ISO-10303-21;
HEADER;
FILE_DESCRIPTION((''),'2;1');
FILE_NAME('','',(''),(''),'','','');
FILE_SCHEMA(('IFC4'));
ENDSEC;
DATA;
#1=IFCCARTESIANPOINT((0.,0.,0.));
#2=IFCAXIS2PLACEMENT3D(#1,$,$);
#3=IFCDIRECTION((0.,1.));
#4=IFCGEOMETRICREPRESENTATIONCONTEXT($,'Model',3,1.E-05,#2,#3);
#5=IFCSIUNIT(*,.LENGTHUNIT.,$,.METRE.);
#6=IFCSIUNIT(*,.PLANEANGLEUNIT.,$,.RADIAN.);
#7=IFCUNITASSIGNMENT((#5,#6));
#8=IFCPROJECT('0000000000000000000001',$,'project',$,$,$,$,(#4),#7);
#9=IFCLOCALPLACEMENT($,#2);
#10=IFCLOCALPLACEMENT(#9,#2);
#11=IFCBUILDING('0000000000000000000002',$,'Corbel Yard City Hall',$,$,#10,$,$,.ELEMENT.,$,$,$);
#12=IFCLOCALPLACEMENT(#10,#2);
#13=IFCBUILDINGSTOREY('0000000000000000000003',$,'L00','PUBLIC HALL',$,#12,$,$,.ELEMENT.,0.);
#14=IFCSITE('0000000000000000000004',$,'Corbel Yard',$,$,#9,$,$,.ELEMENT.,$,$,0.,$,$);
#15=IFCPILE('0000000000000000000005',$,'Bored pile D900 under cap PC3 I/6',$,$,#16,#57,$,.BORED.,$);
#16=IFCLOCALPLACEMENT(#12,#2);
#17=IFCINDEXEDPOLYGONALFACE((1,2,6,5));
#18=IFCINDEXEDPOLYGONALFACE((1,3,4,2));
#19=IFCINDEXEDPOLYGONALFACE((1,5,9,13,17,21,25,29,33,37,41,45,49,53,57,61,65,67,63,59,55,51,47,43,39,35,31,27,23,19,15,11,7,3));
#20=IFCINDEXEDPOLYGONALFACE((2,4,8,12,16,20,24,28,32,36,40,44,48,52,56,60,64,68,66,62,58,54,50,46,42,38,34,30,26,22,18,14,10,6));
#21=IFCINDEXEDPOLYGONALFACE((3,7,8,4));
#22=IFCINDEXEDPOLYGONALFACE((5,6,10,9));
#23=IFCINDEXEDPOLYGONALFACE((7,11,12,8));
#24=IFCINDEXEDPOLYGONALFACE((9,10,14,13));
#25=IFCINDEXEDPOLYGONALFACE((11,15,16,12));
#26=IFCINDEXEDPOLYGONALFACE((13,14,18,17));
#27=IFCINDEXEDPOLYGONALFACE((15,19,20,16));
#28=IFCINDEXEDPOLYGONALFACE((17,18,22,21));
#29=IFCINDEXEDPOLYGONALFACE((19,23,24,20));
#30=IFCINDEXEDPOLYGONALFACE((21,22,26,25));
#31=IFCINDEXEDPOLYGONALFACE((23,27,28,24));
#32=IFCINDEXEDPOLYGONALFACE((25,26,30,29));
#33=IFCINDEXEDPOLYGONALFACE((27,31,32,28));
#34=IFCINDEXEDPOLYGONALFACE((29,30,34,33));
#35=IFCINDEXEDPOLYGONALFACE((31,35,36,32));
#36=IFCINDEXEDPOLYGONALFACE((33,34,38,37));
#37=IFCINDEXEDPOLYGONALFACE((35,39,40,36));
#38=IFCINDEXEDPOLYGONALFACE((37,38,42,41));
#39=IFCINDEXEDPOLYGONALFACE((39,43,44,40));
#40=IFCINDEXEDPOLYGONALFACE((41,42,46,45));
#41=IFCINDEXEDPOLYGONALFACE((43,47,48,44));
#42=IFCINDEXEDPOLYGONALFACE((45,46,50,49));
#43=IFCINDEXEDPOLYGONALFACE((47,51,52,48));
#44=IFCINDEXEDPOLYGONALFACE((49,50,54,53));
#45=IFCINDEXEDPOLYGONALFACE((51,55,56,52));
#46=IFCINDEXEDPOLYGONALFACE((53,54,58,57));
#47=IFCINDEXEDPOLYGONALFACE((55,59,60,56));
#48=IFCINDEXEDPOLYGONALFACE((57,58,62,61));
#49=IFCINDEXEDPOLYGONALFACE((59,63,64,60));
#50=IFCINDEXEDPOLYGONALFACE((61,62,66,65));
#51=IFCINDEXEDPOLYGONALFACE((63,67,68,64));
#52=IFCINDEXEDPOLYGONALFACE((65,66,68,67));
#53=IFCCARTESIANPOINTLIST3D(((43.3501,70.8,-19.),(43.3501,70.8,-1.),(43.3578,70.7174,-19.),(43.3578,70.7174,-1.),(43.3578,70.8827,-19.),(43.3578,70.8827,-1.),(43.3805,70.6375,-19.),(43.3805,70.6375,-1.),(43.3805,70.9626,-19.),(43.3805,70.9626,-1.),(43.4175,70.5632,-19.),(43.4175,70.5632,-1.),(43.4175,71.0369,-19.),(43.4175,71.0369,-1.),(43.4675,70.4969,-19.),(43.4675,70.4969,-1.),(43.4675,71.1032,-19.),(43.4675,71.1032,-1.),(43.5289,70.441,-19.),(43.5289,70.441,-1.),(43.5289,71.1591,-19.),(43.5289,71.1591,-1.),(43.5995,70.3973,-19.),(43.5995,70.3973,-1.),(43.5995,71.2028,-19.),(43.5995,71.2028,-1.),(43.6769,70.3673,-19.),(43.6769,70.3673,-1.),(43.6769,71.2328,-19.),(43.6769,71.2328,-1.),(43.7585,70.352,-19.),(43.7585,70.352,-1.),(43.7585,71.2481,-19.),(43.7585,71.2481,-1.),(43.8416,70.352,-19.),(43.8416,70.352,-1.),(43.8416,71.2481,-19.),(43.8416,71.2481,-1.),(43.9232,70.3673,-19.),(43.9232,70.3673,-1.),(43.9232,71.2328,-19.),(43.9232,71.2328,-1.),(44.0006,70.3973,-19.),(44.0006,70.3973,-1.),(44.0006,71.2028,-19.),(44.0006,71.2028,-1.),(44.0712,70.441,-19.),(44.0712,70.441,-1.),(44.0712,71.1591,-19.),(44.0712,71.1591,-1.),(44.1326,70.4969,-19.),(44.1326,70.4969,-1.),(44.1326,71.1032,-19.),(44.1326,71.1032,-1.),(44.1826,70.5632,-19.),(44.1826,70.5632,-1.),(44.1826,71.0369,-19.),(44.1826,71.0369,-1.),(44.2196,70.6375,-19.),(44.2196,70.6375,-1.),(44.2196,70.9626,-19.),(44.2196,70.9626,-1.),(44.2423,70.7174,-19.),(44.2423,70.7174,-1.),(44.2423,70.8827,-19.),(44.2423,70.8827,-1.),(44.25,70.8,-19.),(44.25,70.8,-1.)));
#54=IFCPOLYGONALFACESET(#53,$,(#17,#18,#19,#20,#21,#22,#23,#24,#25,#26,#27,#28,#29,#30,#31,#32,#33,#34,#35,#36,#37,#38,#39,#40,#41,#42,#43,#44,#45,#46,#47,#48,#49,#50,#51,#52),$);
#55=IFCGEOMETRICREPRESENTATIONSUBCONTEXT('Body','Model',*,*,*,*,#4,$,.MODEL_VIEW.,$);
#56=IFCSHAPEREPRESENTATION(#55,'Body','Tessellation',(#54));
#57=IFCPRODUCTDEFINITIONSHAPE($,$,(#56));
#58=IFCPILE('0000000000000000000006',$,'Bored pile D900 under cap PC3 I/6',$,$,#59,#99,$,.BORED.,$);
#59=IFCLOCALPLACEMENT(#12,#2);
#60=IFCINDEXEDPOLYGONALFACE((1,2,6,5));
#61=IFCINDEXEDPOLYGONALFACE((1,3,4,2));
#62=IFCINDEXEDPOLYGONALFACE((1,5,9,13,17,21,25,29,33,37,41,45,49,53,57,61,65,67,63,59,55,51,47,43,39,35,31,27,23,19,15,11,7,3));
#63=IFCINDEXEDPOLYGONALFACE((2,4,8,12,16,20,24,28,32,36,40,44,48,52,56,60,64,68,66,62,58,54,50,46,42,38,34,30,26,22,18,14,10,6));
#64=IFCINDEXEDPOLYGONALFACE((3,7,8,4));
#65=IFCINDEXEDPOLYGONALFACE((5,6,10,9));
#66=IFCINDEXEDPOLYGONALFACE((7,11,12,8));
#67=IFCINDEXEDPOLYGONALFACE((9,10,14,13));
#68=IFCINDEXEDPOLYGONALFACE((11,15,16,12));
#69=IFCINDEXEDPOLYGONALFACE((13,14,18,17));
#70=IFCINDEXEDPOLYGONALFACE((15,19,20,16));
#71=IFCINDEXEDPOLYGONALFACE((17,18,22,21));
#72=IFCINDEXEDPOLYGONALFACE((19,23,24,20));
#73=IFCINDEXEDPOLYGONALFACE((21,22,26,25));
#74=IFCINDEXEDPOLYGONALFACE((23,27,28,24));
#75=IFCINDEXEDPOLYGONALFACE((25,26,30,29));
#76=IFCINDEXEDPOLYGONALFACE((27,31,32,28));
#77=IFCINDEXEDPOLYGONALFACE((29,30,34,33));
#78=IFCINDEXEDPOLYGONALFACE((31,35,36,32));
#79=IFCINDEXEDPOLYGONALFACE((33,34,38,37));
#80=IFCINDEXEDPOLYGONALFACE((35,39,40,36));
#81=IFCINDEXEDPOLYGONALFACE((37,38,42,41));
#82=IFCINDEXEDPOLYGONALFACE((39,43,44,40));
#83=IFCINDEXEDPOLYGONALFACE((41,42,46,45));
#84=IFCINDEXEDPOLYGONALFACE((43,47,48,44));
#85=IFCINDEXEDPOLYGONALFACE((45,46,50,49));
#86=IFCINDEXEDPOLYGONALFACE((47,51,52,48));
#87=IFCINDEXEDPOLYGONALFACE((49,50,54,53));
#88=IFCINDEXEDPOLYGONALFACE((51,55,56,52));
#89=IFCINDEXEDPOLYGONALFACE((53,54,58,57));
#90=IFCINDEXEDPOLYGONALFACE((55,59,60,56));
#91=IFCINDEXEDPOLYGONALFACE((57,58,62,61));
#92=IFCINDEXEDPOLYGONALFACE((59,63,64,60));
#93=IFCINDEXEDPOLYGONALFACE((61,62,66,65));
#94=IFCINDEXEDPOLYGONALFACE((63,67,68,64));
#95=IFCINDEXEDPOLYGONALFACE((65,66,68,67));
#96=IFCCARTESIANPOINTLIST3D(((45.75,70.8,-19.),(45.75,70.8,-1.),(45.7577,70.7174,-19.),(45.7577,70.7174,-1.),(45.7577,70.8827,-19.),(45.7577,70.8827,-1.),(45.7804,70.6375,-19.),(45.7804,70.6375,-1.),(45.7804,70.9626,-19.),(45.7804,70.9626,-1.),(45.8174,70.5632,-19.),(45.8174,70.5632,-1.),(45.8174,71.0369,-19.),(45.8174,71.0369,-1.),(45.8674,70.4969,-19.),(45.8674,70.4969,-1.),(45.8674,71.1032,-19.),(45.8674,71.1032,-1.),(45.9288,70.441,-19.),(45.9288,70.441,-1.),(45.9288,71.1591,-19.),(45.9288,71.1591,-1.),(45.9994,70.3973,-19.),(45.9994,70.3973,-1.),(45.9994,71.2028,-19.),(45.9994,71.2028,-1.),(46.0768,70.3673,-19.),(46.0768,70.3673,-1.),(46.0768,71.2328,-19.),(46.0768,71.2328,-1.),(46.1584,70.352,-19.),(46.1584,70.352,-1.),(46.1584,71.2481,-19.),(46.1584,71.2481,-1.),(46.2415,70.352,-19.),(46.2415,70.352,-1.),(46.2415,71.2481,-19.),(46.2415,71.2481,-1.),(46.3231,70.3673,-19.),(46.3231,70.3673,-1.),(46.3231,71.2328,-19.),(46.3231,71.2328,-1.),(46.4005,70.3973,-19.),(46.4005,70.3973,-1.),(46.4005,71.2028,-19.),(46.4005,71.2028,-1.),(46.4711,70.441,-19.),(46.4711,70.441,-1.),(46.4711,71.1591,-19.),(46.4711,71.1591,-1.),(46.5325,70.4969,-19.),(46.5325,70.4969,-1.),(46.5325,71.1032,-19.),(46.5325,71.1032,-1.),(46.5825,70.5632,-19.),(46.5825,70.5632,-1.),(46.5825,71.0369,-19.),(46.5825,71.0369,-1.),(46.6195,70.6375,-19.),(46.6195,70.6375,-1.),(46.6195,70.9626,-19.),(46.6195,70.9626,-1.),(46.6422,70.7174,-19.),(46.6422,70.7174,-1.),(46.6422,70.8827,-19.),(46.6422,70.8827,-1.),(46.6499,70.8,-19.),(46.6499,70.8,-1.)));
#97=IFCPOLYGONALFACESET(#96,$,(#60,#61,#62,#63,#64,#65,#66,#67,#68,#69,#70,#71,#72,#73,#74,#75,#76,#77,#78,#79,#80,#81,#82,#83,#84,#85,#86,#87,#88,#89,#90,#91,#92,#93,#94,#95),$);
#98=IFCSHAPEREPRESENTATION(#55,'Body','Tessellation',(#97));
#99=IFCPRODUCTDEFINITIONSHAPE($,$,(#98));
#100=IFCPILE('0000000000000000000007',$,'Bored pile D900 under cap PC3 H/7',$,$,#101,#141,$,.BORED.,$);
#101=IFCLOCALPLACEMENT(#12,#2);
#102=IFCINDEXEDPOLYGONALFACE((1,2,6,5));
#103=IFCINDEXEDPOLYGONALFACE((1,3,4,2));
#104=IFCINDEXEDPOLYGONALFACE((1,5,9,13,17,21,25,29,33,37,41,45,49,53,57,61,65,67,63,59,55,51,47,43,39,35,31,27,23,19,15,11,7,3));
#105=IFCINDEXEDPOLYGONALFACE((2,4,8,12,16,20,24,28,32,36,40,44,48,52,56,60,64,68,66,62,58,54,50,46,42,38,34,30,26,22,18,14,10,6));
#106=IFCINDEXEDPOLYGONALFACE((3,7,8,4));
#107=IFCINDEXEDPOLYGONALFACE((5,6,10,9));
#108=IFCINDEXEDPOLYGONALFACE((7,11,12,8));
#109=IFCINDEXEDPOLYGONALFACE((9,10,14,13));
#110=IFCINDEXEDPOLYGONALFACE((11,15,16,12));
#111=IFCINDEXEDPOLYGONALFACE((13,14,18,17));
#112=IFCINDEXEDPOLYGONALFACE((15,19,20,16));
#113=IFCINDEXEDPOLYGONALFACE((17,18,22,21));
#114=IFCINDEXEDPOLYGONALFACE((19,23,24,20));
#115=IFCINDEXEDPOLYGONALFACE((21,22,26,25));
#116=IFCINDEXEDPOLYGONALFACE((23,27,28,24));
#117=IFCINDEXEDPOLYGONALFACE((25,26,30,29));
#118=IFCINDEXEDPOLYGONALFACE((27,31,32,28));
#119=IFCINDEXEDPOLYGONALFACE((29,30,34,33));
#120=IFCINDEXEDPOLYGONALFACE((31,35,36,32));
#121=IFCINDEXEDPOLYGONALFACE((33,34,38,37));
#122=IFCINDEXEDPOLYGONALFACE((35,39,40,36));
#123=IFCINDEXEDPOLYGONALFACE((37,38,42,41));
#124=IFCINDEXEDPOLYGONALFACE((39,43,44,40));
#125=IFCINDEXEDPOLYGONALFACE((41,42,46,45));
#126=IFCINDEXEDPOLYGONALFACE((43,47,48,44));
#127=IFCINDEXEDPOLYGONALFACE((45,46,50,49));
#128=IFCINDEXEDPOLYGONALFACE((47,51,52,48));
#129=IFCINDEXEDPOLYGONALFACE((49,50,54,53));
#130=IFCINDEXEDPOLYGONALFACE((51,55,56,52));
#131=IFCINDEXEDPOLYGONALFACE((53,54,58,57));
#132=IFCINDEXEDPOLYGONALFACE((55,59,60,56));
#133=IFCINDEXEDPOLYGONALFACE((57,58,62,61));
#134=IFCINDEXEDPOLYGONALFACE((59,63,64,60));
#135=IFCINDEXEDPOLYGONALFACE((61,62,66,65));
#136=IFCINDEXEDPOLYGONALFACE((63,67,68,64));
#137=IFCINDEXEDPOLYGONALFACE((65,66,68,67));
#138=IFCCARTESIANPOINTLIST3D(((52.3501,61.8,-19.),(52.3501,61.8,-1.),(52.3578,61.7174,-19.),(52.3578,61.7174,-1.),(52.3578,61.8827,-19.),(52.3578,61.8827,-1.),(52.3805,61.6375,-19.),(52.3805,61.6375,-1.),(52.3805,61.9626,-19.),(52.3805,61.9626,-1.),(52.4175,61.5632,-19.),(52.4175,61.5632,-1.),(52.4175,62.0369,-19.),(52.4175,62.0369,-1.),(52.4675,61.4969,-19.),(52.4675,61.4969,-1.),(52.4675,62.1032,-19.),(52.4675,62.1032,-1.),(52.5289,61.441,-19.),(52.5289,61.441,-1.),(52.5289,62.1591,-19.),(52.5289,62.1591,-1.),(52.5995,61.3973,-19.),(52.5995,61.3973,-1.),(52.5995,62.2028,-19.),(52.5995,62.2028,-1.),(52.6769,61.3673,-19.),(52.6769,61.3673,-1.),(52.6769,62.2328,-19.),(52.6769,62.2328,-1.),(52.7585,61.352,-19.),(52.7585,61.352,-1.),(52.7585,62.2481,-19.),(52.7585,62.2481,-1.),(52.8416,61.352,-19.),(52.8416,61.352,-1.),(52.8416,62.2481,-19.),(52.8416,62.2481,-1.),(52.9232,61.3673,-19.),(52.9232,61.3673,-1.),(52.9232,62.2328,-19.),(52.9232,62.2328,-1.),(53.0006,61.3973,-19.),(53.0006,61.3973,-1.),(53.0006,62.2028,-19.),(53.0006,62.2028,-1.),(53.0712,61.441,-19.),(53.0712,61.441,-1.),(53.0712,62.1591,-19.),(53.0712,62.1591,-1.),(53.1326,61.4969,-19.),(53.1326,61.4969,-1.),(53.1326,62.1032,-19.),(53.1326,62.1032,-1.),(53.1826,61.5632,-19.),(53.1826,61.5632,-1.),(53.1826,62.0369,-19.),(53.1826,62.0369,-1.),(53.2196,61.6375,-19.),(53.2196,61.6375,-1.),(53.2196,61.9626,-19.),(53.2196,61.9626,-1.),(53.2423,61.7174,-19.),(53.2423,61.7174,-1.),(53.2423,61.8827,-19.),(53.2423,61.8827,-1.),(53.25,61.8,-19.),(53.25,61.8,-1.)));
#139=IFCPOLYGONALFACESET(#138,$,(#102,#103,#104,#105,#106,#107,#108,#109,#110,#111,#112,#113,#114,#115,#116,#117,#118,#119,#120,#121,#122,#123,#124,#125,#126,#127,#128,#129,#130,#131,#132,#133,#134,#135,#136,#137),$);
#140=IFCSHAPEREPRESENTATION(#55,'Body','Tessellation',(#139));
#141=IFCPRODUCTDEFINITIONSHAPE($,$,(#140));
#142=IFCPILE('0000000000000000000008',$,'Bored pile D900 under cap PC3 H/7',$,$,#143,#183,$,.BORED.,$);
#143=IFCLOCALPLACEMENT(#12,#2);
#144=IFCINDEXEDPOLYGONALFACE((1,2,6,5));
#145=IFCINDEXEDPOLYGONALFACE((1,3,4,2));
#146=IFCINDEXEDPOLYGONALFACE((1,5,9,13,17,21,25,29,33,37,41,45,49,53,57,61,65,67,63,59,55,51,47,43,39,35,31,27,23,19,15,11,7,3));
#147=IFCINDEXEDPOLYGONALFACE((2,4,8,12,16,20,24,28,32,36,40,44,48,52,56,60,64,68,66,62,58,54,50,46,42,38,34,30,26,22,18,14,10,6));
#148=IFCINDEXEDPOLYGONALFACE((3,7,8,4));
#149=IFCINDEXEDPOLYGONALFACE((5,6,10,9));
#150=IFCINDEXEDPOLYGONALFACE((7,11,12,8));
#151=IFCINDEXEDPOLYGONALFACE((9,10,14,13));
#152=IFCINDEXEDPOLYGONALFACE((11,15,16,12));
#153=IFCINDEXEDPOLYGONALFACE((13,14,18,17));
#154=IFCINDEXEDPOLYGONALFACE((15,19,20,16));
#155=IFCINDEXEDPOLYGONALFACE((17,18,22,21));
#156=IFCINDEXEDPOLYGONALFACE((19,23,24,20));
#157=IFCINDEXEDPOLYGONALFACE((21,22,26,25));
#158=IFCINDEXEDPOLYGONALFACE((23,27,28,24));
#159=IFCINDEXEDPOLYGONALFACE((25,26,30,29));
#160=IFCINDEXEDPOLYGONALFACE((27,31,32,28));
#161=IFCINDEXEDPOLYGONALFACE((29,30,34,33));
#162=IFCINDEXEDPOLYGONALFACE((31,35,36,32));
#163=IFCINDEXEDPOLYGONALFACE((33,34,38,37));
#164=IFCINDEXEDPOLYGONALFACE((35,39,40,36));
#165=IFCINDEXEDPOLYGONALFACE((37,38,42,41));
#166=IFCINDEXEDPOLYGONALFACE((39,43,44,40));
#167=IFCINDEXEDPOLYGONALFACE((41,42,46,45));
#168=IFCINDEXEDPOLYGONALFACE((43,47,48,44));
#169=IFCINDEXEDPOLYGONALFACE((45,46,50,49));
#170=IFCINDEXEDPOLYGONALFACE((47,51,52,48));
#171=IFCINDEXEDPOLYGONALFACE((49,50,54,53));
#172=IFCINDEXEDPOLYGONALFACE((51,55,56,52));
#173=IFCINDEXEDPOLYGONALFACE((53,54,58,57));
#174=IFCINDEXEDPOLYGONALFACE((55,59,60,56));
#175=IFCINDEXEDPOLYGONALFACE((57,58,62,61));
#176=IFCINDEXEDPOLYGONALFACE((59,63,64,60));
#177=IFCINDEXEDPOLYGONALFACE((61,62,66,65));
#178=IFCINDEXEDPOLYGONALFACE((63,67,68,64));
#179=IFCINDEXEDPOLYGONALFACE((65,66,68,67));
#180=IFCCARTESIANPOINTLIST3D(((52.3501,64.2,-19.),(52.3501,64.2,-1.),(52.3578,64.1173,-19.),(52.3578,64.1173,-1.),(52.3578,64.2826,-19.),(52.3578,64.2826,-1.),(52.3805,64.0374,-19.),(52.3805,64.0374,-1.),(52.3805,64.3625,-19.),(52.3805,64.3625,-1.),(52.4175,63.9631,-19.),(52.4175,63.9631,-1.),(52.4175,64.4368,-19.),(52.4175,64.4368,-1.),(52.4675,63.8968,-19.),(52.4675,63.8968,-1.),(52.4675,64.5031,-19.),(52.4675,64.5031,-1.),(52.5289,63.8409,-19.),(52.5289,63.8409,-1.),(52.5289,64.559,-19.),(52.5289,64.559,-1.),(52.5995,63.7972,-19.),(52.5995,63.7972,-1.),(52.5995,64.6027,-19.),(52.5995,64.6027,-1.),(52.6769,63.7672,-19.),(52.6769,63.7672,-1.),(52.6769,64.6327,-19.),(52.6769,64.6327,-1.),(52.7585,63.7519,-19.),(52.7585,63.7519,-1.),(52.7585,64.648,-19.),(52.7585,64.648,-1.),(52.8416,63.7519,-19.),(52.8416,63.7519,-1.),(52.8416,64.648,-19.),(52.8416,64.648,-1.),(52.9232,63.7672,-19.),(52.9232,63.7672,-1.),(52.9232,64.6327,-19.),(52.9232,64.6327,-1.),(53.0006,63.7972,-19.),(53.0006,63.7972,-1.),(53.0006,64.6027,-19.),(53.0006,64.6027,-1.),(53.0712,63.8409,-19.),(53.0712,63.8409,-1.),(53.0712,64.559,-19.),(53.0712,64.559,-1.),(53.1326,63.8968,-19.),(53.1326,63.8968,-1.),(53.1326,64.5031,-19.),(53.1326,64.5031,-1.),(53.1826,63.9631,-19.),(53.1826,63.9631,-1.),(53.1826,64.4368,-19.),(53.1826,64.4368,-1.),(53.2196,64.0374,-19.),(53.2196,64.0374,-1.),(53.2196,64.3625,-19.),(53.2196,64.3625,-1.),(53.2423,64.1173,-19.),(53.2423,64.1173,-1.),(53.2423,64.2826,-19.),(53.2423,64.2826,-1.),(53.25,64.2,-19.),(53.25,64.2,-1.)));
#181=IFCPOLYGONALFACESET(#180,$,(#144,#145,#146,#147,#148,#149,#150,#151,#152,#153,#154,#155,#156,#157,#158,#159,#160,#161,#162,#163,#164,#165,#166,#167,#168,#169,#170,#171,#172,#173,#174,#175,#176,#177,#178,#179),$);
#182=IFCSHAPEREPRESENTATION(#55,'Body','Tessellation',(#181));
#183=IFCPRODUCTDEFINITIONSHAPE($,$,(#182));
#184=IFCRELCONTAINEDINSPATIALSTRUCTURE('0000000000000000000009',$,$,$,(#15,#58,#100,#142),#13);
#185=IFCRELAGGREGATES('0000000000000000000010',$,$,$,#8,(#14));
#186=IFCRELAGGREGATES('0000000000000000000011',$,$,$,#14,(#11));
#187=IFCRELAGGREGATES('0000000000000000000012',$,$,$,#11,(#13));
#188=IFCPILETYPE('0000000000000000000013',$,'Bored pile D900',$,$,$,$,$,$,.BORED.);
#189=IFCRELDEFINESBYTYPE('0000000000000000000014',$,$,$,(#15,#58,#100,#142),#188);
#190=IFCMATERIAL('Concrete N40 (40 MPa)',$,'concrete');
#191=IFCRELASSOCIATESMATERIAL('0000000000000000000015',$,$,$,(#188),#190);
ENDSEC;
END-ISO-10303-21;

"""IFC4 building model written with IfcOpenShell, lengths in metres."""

from ifc_helpers import new_model, si_unit, direction, frame, origin, origin_2d, place, context, subcontext, project, spatial, circle, extrude, material, material_profile, profile_set, type_object, element, save


model = new_model("IFC4")

# Units and contexts
model_context = context("Model", 3, precision=1e-05, world=origin(), true_north=direction((0.0, 1.0)))
body_context = subcontext(model_context, "Body", "Model", "MODEL_VIEW")
ifc_project = project(units=[si_unit("LENGTHUNIT", "METRE"), si_unit("PLANEANGLEUNIT", "RADIAN")], contexts=[model_context])

# Site, building, storey
site_placement = place(None, origin())
site = spatial("IfcSite", under=ifc_project, at=site_placement, Name="Corbel Yard", CompositionType="ELEMENT", RefElevation=0.0)
building_placement = place(site_placement, origin())
building = spatial("IfcBuilding", under=site, at=building_placement, Name="Corbel Yard City Hall", CompositionType="ELEMENT")
storey_placement = place(building_placement, origin())
storey = spatial("IfcBuildingStorey", under=building, at=storey_placement, Name="L00", Description="PUBLIC HALL", CompositionType="ELEMENT", Elevation=0.0)

# Piles
ifc_material_1 = material(Name="Concrete N40 (40 MPa)", Category="concrete")
ifc_material_profile_1 = material_profile(ifc_material_1, circle(Radius=0.45, at=origin_2d()), Name="D900")
ifc_profile_set_1 = profile_set([ifc_material_profile_1], Name="Concrete N40 (40 MPa)")
pile_type = type_object("IfcPileType", Name="Bored pile D900", PredefinedType="BORED", material=ifc_profile_set_1)
for number, where, z_axis, x_axis, name in (
    (1, (43.8, 70.8, -1.0), (0.0, 0.0, -1.0), (1.0, 0.0, 0.0), "Bored pile D900 under cap PC3 I/6"),
    (2, (46.2, 70.8, -1.0), (0.0, 0.0, -1.0), (1.0, 0.0, 0.0), "Bored pile D900 under cap PC3 I/6"),
    (3, (52.8, 61.8, -1.0), (0.0, 0.0, -1.0), (1.0, 0.0, 0.0), "Bored pile D900 under cap PC3 H/7"),
    (4, (52.8, 64.2, -1.0), (0.0, 0.0, -1.0), (1.0, 0.0, 0.0), "Bored pile D900 under cap PC3 H/7"),
):
    element("IfcPile", number, at=place(storey_placement, frame(where, z_axis=z_axis, x_axis=x_axis)), inside=storey, type_object=pile_type, Name=name, PredefinedType="BORED", context=body_context, shape_type="SweptSolid", body=[
        extrude(circle(Radius=0.45, at=origin_2d()), origin(), (0.0, 0.0, 1.0), 18.0),
    ])

save(model, "model.ifc")
